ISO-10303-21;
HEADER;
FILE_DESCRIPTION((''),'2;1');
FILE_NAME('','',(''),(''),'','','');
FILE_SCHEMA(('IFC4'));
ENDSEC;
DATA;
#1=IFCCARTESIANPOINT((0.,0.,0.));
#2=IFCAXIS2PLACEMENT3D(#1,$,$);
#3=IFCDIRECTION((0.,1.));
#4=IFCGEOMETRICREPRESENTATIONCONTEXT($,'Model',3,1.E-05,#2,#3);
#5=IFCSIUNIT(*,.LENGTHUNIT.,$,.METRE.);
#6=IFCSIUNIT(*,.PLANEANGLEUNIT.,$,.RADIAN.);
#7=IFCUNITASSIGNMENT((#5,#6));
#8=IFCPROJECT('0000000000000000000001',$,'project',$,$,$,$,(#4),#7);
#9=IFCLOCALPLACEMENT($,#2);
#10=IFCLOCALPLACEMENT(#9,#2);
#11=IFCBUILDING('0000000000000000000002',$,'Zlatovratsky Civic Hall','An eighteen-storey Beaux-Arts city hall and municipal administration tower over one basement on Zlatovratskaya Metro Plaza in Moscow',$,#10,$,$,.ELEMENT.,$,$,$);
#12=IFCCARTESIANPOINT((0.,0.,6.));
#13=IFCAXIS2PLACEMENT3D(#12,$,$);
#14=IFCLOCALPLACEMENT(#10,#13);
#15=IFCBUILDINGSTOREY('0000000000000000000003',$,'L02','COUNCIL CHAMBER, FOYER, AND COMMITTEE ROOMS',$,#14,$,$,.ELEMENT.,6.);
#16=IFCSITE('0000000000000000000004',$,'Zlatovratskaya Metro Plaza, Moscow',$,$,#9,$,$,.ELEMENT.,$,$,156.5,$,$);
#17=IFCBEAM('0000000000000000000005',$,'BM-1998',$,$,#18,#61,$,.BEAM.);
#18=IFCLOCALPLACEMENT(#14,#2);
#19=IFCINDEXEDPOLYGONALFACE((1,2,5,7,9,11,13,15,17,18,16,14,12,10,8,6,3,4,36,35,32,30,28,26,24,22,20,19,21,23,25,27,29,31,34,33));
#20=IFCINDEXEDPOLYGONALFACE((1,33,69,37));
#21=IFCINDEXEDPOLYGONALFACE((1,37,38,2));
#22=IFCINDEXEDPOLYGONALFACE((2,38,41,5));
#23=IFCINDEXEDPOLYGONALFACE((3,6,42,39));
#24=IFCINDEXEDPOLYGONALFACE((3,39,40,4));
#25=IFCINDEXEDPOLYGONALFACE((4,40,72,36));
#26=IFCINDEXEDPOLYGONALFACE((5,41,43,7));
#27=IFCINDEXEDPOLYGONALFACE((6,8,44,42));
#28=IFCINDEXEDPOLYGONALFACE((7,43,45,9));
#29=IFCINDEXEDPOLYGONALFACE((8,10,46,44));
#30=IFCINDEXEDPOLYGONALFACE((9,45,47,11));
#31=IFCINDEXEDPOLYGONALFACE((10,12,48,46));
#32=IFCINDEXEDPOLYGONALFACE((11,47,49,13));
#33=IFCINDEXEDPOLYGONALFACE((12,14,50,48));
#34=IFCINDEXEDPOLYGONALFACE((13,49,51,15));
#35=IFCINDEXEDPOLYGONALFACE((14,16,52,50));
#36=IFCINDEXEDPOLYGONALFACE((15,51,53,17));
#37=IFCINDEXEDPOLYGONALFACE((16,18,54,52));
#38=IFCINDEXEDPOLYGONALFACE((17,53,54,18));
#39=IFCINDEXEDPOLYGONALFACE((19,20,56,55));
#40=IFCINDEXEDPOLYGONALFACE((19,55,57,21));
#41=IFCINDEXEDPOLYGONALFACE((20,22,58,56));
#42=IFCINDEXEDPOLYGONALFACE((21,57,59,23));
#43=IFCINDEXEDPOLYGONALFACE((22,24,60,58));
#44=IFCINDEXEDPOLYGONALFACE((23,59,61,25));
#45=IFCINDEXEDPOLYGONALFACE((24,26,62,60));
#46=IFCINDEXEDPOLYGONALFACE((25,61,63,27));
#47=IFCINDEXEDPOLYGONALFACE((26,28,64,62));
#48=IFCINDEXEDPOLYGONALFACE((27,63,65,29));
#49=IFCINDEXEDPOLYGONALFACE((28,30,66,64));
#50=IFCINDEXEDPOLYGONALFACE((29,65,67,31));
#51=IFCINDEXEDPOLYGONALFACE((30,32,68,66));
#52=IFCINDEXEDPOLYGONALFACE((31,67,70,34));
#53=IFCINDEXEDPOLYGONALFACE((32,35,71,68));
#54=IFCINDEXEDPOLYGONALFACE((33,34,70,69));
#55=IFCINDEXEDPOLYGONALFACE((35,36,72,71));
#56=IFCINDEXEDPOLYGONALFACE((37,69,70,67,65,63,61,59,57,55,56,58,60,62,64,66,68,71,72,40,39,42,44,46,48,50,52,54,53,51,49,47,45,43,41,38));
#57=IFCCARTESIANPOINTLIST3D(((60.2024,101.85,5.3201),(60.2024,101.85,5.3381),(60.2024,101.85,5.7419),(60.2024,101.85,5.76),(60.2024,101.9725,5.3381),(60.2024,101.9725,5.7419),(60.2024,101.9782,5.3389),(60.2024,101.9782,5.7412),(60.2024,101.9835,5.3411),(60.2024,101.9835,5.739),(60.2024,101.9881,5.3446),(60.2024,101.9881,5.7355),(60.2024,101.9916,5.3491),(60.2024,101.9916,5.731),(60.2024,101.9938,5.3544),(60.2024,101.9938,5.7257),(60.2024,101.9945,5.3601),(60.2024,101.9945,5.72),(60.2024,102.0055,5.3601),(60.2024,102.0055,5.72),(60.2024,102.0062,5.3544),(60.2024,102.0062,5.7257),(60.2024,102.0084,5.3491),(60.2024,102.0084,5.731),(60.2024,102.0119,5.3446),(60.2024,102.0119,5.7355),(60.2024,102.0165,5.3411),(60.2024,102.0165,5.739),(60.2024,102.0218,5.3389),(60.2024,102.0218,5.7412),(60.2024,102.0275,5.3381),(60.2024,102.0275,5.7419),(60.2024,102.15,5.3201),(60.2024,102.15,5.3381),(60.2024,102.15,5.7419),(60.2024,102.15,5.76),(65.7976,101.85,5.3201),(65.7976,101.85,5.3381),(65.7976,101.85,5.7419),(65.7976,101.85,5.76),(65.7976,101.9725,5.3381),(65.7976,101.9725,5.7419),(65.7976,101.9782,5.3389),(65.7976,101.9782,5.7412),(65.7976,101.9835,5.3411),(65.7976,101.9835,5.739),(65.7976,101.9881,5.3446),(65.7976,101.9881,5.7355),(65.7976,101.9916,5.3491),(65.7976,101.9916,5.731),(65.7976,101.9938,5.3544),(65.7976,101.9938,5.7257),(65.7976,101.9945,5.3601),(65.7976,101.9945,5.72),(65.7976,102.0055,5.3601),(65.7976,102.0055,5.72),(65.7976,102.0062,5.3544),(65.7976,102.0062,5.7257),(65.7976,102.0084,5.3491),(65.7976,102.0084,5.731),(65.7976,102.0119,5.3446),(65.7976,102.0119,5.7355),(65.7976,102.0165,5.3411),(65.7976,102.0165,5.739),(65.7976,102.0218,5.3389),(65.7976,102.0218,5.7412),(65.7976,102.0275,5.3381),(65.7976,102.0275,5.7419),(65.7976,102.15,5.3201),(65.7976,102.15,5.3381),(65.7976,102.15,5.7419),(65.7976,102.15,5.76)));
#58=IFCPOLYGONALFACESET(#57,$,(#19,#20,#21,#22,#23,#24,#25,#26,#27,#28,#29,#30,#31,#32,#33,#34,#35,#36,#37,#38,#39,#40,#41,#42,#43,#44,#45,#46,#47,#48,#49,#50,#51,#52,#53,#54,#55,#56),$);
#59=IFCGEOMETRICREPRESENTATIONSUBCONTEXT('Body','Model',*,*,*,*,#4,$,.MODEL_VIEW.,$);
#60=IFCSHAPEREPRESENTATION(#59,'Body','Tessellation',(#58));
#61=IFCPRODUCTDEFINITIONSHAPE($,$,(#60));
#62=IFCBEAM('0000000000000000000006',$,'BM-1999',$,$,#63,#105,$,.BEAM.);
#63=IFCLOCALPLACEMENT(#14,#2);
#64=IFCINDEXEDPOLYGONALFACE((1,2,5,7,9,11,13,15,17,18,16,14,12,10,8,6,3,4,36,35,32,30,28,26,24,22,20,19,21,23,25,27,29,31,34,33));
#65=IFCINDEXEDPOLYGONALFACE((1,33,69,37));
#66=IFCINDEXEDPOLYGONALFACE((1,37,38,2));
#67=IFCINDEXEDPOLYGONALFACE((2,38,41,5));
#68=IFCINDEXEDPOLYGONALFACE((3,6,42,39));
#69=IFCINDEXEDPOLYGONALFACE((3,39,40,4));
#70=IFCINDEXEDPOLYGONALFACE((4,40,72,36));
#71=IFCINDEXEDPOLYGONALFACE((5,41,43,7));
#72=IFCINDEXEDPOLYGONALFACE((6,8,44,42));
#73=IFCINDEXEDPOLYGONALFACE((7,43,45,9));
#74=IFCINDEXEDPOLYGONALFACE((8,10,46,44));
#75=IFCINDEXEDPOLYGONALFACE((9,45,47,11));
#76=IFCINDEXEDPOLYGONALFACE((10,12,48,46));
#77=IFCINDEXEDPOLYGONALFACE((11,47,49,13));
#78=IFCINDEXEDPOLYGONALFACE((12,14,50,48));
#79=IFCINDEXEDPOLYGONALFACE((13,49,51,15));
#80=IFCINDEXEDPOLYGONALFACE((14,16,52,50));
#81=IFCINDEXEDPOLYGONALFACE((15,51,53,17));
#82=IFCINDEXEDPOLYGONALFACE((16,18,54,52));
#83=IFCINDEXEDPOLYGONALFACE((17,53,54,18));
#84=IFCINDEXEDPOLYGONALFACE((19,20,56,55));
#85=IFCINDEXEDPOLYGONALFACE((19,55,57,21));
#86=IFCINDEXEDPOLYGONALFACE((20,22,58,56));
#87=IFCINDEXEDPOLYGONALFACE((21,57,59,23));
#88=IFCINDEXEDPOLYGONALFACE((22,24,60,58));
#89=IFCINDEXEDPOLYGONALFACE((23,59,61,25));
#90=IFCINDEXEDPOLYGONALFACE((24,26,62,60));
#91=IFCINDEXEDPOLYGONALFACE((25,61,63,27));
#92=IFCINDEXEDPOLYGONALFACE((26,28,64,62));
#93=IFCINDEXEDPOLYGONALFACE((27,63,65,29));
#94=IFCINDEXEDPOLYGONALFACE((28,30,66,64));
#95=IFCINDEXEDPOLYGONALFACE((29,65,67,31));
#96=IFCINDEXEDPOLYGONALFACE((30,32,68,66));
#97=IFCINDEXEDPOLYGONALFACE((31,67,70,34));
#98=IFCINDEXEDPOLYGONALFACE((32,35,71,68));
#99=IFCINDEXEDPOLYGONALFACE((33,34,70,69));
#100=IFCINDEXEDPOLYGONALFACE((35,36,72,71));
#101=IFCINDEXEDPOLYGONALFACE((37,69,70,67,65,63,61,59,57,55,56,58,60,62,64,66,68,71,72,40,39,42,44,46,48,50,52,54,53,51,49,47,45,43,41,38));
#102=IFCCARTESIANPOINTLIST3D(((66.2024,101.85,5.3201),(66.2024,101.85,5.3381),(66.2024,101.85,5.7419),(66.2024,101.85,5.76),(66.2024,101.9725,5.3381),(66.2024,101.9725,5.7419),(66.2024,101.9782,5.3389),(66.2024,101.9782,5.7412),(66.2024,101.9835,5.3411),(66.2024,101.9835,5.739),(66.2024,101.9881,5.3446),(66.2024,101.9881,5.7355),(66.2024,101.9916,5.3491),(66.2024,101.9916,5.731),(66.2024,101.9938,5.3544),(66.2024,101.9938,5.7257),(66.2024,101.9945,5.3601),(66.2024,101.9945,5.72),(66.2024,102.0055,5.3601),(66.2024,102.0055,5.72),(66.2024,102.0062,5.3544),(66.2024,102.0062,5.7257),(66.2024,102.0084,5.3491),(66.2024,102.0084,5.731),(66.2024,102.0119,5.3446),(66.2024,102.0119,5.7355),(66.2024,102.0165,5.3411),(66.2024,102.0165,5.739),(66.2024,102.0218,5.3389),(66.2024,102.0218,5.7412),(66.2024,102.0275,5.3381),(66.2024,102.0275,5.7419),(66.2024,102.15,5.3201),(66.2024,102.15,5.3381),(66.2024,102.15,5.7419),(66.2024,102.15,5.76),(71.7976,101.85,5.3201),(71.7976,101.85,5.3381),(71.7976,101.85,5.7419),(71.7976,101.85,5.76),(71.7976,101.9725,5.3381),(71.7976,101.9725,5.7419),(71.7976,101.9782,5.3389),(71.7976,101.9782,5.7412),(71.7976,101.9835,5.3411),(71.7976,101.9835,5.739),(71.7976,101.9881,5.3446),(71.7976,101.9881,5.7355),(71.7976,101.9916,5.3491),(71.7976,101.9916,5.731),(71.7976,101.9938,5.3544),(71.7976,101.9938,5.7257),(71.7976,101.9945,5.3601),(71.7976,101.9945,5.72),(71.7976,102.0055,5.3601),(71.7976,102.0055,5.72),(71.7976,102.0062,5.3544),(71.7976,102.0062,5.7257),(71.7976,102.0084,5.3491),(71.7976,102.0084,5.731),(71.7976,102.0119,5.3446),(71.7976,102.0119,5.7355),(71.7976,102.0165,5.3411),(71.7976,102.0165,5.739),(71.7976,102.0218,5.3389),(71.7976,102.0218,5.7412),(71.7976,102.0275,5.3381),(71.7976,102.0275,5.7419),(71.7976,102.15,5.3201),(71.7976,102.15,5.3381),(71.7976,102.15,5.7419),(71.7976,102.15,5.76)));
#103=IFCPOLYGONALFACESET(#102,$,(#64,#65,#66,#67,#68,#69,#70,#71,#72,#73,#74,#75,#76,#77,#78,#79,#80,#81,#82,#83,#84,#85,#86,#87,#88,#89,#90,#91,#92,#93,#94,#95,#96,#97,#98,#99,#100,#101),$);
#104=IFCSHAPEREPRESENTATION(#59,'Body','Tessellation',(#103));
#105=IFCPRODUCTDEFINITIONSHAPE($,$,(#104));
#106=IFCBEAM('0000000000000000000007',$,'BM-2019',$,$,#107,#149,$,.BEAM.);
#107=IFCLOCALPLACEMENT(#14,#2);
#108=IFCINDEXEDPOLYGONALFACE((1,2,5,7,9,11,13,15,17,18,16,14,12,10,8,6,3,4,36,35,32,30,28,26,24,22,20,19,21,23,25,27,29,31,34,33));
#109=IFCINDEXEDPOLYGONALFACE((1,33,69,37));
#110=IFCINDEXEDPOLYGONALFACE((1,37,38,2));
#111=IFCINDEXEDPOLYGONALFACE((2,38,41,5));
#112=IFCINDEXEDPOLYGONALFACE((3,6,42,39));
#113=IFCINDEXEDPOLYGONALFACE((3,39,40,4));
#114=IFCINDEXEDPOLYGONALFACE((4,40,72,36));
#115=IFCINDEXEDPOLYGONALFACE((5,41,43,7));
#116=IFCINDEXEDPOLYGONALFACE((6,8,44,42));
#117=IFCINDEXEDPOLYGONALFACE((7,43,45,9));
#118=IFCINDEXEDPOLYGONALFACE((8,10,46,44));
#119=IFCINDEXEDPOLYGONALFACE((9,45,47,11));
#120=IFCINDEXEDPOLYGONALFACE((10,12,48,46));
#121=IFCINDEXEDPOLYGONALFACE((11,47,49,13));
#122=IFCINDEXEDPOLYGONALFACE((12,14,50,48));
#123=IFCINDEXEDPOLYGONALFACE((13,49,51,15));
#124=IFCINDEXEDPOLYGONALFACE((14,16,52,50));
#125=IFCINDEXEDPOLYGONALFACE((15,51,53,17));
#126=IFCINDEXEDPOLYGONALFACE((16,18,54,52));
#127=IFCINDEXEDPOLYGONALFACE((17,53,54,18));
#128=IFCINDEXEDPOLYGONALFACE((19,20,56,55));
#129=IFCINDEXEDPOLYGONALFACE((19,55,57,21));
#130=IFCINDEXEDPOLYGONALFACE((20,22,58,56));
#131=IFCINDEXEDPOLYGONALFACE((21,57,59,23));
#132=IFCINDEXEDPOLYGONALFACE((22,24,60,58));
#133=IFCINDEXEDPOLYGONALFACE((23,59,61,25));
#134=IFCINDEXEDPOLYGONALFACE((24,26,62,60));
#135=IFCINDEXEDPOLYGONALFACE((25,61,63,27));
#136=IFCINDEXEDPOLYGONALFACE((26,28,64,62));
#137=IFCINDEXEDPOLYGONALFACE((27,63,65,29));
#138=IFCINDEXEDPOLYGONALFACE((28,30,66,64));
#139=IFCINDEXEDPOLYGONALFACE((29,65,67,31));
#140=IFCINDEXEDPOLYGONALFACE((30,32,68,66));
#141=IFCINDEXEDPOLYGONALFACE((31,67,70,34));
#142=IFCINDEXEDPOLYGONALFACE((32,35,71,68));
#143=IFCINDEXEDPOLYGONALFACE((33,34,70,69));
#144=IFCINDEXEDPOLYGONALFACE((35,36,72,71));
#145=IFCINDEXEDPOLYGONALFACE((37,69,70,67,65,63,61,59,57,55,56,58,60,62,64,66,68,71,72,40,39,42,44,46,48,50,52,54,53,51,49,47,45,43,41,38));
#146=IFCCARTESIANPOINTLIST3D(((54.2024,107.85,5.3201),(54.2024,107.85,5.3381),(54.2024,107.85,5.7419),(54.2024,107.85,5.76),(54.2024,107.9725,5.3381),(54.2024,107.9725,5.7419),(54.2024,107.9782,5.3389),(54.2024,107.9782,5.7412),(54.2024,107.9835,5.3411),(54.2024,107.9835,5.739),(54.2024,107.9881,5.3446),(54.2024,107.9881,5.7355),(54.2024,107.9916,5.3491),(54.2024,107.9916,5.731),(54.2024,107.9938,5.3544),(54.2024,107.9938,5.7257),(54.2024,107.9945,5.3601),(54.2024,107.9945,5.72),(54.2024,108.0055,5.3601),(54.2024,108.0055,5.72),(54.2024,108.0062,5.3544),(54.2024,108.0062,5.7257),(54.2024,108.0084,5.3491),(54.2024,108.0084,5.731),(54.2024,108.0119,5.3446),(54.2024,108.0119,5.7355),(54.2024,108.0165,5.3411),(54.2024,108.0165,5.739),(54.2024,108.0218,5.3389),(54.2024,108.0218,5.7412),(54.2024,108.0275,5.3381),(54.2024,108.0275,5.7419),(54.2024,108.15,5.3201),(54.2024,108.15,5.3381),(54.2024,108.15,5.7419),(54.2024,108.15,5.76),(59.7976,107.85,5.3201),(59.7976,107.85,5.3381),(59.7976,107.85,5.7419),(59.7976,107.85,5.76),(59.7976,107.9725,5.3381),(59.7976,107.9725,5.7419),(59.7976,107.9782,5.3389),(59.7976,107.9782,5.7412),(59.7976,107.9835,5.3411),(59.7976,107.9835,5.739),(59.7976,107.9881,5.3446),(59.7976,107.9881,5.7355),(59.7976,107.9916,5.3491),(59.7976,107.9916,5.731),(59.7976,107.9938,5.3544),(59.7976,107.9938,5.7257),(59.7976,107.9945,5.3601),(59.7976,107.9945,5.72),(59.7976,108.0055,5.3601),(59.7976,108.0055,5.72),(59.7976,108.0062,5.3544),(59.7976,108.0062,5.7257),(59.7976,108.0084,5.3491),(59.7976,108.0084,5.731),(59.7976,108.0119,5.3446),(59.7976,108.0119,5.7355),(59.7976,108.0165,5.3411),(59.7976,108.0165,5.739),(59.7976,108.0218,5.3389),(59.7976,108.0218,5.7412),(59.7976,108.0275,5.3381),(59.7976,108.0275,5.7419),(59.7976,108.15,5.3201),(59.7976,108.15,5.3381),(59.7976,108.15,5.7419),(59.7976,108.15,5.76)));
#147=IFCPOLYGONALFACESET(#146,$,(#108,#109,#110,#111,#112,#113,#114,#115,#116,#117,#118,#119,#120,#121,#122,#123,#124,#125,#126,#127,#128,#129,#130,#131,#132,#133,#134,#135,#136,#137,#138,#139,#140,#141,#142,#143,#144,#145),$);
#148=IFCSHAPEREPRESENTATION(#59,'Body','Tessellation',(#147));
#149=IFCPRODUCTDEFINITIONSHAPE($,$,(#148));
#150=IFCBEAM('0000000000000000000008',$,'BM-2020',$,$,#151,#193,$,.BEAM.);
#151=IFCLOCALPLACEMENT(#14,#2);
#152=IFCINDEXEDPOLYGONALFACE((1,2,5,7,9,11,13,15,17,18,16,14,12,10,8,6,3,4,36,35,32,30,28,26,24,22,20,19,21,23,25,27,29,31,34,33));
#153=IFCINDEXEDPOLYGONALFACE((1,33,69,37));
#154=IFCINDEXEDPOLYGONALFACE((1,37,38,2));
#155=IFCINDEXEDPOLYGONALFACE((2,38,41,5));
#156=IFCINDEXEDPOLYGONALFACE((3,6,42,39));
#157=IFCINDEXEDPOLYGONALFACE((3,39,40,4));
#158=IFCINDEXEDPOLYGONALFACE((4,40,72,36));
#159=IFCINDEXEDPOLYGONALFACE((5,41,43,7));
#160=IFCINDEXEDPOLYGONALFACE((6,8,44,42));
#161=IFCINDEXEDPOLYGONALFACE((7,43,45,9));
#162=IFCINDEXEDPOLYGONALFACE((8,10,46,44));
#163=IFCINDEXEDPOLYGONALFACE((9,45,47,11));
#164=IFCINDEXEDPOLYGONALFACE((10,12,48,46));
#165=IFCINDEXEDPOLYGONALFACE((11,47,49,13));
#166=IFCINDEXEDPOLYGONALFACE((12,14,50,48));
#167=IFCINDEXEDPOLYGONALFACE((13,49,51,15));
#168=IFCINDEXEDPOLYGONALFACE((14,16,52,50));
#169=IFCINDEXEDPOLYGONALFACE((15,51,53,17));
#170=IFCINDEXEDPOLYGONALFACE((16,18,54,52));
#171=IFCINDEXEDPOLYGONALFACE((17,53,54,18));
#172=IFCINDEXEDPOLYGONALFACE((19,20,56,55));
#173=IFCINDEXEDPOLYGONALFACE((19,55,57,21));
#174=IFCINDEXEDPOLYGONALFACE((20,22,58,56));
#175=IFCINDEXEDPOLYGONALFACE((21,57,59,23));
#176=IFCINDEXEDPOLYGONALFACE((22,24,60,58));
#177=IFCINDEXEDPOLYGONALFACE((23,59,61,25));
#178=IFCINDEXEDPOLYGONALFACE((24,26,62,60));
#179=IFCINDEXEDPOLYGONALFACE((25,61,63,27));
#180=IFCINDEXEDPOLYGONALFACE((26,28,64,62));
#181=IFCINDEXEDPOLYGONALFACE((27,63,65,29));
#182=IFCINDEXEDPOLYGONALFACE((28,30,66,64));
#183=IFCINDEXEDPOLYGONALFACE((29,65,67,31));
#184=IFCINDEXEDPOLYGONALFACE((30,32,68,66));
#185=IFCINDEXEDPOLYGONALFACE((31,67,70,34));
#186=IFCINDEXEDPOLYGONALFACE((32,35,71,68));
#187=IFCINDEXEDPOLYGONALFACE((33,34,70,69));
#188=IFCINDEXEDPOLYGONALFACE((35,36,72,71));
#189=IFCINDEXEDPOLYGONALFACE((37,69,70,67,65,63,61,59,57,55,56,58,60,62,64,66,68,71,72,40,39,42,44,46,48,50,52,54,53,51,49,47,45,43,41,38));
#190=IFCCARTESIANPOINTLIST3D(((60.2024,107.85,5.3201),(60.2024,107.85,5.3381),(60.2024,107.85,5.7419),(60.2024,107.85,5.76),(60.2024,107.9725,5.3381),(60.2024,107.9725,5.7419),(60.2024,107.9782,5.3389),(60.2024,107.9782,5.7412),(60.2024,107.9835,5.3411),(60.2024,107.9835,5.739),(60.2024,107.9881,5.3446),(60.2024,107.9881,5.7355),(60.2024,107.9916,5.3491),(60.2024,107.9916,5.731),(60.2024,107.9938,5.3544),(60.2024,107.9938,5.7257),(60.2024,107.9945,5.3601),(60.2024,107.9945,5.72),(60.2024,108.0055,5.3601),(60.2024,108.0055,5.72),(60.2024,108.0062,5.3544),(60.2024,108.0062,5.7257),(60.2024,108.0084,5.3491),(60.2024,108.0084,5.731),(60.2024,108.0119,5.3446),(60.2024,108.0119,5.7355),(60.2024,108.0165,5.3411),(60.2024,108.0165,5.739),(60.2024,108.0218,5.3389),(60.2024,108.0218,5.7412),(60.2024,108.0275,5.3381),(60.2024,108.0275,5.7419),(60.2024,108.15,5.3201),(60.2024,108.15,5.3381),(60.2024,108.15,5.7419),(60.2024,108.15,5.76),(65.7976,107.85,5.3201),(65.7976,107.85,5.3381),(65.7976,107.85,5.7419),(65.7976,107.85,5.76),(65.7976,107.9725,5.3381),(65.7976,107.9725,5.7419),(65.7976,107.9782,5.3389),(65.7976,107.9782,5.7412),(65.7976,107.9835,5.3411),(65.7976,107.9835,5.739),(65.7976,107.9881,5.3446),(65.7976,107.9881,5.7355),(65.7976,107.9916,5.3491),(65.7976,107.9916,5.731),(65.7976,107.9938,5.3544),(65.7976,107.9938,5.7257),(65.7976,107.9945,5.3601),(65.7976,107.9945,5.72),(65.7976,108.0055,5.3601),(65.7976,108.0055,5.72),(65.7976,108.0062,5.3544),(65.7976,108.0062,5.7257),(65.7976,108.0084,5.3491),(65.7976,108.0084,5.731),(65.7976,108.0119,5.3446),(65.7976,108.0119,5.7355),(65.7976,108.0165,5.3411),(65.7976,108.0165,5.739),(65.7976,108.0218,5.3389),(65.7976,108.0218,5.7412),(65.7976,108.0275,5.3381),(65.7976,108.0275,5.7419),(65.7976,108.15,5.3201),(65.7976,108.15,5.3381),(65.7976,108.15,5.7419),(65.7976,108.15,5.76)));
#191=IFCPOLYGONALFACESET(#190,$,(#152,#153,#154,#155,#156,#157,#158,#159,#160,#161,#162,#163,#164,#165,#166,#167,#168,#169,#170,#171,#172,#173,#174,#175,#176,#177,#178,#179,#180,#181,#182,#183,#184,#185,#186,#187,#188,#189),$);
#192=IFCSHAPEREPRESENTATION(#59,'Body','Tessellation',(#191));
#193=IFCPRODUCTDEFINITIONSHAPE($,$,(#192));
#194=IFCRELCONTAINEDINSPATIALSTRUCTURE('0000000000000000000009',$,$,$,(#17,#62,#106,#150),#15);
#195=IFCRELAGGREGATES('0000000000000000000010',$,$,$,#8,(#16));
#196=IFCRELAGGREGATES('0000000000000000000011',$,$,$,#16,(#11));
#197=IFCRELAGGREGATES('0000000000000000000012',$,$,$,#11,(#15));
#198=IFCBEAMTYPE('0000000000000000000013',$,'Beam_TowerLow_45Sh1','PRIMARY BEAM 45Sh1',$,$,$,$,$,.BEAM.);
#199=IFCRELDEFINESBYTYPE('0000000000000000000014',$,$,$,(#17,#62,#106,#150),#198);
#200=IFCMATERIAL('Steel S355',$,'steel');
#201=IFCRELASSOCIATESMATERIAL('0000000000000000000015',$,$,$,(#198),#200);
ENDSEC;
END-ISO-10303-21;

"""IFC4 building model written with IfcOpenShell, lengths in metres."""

from ifc_helpers import new_model, si_unit, direction, frame, origin, origin_2d, place, context, subcontext, project, spatial, i_section, extrude, material, material_profile, profile_set, type_object, element, save


model = new_model("IFC4")

# Units and contexts
model_context = context("Model", 3, precision=1e-05, world=origin(), true_north=direction((0.0, 1.0)))
body_context = subcontext(model_context, "Body", "Model", "MODEL_VIEW")
ifc_project = project(units=[si_unit("LENGTHUNIT", "METRE"), si_unit("PLANEANGLEUNIT", "RADIAN")], contexts=[model_context])

# Site, building, storey
site_placement = place(None, origin())
site = spatial("IfcSite", under=ifc_project, at=site_placement, Name="Zlatovratskaya Metro Plaza, Moscow", CompositionType="ELEMENT", RefElevation=156.5)
building_placement = place(site_placement, origin())
building = spatial("IfcBuilding", under=site, at=building_placement, Name="Zlatovratsky Civic Hall", Description="An eighteen-storey Beaux-Arts city hall and municipal administration tower over one basement on Zlatovratskaya Metro Plaza in Moscow", CompositionType="ELEMENT")
storey_placement = place(building_placement, frame((0.0, 0.0, 6.0)))
storey = spatial("IfcBuildingStorey", under=building, at=storey_placement, Name="L02", Description="COUNCIL CHAMBER, FOYER, AND COMMITTEE ROOMS", CompositionType="ELEMENT", Elevation=6.0)

# Shared definitions
ifc_material_1 = material(Name="Steel S355", Category="steel")

# Beams
ifc_material_profile_1 = material_profile(ifc_material_1, i_section(OverallWidth=0.3, OverallDepth=0.4399, WebThickness=0.011, FlangeThickness=0.0181, FilletRadius=0.022, at=origin_2d()), Name="45Sh1")
ifc_profile_set_1 = profile_set([ifc_material_profile_1], Name="Steel S355")
beam_type_1 = type_object("IfcBeamType", Name="Beam_TowerLow_45Sh1", Description="PRIMARY BEAM 45Sh1", PredefinedType="BEAM", material=ifc_profile_set_1)
for number, where, z_axis, x_axis, name in (
    (1, (60.2024, 102.0, 5.54), (1.0, 0.0, 0.0), (0.0, 1.0, 0.0), "BM-1998"),
    (2, (66.2024, 102.0, 5.54), (1.0, 0.0, 0.0), (0.0, 1.0, 0.0), "BM-1999"),
    (3, (54.2024, 108.0, 5.54), (1.0, 0.0, 0.0), (0.0, 1.0, 0.0), "BM-2019"),
    (4, (60.2024, 108.0, 5.54), (1.0, 0.0, 0.0), (0.0, 1.0, 0.0), "BM-2020"),
):
    element("IfcBeam", number, at=place(storey_placement, frame(where, z_axis=z_axis, x_axis=x_axis)), inside=storey, type_object=beam_type_1, Name=name, PredefinedType="BEAM", context=body_context, shape_type="SweptSolid", body=[
        extrude(i_section(OverallWidth=0.3, OverallDepth=0.4399, WebThickness=0.011, FlangeThickness=0.0181, FilletRadius=0.022, at=origin_2d()), origin(), (0.0, 0.0, 1.0), 5.5952),
    ])

save(model, "model.ifc")
